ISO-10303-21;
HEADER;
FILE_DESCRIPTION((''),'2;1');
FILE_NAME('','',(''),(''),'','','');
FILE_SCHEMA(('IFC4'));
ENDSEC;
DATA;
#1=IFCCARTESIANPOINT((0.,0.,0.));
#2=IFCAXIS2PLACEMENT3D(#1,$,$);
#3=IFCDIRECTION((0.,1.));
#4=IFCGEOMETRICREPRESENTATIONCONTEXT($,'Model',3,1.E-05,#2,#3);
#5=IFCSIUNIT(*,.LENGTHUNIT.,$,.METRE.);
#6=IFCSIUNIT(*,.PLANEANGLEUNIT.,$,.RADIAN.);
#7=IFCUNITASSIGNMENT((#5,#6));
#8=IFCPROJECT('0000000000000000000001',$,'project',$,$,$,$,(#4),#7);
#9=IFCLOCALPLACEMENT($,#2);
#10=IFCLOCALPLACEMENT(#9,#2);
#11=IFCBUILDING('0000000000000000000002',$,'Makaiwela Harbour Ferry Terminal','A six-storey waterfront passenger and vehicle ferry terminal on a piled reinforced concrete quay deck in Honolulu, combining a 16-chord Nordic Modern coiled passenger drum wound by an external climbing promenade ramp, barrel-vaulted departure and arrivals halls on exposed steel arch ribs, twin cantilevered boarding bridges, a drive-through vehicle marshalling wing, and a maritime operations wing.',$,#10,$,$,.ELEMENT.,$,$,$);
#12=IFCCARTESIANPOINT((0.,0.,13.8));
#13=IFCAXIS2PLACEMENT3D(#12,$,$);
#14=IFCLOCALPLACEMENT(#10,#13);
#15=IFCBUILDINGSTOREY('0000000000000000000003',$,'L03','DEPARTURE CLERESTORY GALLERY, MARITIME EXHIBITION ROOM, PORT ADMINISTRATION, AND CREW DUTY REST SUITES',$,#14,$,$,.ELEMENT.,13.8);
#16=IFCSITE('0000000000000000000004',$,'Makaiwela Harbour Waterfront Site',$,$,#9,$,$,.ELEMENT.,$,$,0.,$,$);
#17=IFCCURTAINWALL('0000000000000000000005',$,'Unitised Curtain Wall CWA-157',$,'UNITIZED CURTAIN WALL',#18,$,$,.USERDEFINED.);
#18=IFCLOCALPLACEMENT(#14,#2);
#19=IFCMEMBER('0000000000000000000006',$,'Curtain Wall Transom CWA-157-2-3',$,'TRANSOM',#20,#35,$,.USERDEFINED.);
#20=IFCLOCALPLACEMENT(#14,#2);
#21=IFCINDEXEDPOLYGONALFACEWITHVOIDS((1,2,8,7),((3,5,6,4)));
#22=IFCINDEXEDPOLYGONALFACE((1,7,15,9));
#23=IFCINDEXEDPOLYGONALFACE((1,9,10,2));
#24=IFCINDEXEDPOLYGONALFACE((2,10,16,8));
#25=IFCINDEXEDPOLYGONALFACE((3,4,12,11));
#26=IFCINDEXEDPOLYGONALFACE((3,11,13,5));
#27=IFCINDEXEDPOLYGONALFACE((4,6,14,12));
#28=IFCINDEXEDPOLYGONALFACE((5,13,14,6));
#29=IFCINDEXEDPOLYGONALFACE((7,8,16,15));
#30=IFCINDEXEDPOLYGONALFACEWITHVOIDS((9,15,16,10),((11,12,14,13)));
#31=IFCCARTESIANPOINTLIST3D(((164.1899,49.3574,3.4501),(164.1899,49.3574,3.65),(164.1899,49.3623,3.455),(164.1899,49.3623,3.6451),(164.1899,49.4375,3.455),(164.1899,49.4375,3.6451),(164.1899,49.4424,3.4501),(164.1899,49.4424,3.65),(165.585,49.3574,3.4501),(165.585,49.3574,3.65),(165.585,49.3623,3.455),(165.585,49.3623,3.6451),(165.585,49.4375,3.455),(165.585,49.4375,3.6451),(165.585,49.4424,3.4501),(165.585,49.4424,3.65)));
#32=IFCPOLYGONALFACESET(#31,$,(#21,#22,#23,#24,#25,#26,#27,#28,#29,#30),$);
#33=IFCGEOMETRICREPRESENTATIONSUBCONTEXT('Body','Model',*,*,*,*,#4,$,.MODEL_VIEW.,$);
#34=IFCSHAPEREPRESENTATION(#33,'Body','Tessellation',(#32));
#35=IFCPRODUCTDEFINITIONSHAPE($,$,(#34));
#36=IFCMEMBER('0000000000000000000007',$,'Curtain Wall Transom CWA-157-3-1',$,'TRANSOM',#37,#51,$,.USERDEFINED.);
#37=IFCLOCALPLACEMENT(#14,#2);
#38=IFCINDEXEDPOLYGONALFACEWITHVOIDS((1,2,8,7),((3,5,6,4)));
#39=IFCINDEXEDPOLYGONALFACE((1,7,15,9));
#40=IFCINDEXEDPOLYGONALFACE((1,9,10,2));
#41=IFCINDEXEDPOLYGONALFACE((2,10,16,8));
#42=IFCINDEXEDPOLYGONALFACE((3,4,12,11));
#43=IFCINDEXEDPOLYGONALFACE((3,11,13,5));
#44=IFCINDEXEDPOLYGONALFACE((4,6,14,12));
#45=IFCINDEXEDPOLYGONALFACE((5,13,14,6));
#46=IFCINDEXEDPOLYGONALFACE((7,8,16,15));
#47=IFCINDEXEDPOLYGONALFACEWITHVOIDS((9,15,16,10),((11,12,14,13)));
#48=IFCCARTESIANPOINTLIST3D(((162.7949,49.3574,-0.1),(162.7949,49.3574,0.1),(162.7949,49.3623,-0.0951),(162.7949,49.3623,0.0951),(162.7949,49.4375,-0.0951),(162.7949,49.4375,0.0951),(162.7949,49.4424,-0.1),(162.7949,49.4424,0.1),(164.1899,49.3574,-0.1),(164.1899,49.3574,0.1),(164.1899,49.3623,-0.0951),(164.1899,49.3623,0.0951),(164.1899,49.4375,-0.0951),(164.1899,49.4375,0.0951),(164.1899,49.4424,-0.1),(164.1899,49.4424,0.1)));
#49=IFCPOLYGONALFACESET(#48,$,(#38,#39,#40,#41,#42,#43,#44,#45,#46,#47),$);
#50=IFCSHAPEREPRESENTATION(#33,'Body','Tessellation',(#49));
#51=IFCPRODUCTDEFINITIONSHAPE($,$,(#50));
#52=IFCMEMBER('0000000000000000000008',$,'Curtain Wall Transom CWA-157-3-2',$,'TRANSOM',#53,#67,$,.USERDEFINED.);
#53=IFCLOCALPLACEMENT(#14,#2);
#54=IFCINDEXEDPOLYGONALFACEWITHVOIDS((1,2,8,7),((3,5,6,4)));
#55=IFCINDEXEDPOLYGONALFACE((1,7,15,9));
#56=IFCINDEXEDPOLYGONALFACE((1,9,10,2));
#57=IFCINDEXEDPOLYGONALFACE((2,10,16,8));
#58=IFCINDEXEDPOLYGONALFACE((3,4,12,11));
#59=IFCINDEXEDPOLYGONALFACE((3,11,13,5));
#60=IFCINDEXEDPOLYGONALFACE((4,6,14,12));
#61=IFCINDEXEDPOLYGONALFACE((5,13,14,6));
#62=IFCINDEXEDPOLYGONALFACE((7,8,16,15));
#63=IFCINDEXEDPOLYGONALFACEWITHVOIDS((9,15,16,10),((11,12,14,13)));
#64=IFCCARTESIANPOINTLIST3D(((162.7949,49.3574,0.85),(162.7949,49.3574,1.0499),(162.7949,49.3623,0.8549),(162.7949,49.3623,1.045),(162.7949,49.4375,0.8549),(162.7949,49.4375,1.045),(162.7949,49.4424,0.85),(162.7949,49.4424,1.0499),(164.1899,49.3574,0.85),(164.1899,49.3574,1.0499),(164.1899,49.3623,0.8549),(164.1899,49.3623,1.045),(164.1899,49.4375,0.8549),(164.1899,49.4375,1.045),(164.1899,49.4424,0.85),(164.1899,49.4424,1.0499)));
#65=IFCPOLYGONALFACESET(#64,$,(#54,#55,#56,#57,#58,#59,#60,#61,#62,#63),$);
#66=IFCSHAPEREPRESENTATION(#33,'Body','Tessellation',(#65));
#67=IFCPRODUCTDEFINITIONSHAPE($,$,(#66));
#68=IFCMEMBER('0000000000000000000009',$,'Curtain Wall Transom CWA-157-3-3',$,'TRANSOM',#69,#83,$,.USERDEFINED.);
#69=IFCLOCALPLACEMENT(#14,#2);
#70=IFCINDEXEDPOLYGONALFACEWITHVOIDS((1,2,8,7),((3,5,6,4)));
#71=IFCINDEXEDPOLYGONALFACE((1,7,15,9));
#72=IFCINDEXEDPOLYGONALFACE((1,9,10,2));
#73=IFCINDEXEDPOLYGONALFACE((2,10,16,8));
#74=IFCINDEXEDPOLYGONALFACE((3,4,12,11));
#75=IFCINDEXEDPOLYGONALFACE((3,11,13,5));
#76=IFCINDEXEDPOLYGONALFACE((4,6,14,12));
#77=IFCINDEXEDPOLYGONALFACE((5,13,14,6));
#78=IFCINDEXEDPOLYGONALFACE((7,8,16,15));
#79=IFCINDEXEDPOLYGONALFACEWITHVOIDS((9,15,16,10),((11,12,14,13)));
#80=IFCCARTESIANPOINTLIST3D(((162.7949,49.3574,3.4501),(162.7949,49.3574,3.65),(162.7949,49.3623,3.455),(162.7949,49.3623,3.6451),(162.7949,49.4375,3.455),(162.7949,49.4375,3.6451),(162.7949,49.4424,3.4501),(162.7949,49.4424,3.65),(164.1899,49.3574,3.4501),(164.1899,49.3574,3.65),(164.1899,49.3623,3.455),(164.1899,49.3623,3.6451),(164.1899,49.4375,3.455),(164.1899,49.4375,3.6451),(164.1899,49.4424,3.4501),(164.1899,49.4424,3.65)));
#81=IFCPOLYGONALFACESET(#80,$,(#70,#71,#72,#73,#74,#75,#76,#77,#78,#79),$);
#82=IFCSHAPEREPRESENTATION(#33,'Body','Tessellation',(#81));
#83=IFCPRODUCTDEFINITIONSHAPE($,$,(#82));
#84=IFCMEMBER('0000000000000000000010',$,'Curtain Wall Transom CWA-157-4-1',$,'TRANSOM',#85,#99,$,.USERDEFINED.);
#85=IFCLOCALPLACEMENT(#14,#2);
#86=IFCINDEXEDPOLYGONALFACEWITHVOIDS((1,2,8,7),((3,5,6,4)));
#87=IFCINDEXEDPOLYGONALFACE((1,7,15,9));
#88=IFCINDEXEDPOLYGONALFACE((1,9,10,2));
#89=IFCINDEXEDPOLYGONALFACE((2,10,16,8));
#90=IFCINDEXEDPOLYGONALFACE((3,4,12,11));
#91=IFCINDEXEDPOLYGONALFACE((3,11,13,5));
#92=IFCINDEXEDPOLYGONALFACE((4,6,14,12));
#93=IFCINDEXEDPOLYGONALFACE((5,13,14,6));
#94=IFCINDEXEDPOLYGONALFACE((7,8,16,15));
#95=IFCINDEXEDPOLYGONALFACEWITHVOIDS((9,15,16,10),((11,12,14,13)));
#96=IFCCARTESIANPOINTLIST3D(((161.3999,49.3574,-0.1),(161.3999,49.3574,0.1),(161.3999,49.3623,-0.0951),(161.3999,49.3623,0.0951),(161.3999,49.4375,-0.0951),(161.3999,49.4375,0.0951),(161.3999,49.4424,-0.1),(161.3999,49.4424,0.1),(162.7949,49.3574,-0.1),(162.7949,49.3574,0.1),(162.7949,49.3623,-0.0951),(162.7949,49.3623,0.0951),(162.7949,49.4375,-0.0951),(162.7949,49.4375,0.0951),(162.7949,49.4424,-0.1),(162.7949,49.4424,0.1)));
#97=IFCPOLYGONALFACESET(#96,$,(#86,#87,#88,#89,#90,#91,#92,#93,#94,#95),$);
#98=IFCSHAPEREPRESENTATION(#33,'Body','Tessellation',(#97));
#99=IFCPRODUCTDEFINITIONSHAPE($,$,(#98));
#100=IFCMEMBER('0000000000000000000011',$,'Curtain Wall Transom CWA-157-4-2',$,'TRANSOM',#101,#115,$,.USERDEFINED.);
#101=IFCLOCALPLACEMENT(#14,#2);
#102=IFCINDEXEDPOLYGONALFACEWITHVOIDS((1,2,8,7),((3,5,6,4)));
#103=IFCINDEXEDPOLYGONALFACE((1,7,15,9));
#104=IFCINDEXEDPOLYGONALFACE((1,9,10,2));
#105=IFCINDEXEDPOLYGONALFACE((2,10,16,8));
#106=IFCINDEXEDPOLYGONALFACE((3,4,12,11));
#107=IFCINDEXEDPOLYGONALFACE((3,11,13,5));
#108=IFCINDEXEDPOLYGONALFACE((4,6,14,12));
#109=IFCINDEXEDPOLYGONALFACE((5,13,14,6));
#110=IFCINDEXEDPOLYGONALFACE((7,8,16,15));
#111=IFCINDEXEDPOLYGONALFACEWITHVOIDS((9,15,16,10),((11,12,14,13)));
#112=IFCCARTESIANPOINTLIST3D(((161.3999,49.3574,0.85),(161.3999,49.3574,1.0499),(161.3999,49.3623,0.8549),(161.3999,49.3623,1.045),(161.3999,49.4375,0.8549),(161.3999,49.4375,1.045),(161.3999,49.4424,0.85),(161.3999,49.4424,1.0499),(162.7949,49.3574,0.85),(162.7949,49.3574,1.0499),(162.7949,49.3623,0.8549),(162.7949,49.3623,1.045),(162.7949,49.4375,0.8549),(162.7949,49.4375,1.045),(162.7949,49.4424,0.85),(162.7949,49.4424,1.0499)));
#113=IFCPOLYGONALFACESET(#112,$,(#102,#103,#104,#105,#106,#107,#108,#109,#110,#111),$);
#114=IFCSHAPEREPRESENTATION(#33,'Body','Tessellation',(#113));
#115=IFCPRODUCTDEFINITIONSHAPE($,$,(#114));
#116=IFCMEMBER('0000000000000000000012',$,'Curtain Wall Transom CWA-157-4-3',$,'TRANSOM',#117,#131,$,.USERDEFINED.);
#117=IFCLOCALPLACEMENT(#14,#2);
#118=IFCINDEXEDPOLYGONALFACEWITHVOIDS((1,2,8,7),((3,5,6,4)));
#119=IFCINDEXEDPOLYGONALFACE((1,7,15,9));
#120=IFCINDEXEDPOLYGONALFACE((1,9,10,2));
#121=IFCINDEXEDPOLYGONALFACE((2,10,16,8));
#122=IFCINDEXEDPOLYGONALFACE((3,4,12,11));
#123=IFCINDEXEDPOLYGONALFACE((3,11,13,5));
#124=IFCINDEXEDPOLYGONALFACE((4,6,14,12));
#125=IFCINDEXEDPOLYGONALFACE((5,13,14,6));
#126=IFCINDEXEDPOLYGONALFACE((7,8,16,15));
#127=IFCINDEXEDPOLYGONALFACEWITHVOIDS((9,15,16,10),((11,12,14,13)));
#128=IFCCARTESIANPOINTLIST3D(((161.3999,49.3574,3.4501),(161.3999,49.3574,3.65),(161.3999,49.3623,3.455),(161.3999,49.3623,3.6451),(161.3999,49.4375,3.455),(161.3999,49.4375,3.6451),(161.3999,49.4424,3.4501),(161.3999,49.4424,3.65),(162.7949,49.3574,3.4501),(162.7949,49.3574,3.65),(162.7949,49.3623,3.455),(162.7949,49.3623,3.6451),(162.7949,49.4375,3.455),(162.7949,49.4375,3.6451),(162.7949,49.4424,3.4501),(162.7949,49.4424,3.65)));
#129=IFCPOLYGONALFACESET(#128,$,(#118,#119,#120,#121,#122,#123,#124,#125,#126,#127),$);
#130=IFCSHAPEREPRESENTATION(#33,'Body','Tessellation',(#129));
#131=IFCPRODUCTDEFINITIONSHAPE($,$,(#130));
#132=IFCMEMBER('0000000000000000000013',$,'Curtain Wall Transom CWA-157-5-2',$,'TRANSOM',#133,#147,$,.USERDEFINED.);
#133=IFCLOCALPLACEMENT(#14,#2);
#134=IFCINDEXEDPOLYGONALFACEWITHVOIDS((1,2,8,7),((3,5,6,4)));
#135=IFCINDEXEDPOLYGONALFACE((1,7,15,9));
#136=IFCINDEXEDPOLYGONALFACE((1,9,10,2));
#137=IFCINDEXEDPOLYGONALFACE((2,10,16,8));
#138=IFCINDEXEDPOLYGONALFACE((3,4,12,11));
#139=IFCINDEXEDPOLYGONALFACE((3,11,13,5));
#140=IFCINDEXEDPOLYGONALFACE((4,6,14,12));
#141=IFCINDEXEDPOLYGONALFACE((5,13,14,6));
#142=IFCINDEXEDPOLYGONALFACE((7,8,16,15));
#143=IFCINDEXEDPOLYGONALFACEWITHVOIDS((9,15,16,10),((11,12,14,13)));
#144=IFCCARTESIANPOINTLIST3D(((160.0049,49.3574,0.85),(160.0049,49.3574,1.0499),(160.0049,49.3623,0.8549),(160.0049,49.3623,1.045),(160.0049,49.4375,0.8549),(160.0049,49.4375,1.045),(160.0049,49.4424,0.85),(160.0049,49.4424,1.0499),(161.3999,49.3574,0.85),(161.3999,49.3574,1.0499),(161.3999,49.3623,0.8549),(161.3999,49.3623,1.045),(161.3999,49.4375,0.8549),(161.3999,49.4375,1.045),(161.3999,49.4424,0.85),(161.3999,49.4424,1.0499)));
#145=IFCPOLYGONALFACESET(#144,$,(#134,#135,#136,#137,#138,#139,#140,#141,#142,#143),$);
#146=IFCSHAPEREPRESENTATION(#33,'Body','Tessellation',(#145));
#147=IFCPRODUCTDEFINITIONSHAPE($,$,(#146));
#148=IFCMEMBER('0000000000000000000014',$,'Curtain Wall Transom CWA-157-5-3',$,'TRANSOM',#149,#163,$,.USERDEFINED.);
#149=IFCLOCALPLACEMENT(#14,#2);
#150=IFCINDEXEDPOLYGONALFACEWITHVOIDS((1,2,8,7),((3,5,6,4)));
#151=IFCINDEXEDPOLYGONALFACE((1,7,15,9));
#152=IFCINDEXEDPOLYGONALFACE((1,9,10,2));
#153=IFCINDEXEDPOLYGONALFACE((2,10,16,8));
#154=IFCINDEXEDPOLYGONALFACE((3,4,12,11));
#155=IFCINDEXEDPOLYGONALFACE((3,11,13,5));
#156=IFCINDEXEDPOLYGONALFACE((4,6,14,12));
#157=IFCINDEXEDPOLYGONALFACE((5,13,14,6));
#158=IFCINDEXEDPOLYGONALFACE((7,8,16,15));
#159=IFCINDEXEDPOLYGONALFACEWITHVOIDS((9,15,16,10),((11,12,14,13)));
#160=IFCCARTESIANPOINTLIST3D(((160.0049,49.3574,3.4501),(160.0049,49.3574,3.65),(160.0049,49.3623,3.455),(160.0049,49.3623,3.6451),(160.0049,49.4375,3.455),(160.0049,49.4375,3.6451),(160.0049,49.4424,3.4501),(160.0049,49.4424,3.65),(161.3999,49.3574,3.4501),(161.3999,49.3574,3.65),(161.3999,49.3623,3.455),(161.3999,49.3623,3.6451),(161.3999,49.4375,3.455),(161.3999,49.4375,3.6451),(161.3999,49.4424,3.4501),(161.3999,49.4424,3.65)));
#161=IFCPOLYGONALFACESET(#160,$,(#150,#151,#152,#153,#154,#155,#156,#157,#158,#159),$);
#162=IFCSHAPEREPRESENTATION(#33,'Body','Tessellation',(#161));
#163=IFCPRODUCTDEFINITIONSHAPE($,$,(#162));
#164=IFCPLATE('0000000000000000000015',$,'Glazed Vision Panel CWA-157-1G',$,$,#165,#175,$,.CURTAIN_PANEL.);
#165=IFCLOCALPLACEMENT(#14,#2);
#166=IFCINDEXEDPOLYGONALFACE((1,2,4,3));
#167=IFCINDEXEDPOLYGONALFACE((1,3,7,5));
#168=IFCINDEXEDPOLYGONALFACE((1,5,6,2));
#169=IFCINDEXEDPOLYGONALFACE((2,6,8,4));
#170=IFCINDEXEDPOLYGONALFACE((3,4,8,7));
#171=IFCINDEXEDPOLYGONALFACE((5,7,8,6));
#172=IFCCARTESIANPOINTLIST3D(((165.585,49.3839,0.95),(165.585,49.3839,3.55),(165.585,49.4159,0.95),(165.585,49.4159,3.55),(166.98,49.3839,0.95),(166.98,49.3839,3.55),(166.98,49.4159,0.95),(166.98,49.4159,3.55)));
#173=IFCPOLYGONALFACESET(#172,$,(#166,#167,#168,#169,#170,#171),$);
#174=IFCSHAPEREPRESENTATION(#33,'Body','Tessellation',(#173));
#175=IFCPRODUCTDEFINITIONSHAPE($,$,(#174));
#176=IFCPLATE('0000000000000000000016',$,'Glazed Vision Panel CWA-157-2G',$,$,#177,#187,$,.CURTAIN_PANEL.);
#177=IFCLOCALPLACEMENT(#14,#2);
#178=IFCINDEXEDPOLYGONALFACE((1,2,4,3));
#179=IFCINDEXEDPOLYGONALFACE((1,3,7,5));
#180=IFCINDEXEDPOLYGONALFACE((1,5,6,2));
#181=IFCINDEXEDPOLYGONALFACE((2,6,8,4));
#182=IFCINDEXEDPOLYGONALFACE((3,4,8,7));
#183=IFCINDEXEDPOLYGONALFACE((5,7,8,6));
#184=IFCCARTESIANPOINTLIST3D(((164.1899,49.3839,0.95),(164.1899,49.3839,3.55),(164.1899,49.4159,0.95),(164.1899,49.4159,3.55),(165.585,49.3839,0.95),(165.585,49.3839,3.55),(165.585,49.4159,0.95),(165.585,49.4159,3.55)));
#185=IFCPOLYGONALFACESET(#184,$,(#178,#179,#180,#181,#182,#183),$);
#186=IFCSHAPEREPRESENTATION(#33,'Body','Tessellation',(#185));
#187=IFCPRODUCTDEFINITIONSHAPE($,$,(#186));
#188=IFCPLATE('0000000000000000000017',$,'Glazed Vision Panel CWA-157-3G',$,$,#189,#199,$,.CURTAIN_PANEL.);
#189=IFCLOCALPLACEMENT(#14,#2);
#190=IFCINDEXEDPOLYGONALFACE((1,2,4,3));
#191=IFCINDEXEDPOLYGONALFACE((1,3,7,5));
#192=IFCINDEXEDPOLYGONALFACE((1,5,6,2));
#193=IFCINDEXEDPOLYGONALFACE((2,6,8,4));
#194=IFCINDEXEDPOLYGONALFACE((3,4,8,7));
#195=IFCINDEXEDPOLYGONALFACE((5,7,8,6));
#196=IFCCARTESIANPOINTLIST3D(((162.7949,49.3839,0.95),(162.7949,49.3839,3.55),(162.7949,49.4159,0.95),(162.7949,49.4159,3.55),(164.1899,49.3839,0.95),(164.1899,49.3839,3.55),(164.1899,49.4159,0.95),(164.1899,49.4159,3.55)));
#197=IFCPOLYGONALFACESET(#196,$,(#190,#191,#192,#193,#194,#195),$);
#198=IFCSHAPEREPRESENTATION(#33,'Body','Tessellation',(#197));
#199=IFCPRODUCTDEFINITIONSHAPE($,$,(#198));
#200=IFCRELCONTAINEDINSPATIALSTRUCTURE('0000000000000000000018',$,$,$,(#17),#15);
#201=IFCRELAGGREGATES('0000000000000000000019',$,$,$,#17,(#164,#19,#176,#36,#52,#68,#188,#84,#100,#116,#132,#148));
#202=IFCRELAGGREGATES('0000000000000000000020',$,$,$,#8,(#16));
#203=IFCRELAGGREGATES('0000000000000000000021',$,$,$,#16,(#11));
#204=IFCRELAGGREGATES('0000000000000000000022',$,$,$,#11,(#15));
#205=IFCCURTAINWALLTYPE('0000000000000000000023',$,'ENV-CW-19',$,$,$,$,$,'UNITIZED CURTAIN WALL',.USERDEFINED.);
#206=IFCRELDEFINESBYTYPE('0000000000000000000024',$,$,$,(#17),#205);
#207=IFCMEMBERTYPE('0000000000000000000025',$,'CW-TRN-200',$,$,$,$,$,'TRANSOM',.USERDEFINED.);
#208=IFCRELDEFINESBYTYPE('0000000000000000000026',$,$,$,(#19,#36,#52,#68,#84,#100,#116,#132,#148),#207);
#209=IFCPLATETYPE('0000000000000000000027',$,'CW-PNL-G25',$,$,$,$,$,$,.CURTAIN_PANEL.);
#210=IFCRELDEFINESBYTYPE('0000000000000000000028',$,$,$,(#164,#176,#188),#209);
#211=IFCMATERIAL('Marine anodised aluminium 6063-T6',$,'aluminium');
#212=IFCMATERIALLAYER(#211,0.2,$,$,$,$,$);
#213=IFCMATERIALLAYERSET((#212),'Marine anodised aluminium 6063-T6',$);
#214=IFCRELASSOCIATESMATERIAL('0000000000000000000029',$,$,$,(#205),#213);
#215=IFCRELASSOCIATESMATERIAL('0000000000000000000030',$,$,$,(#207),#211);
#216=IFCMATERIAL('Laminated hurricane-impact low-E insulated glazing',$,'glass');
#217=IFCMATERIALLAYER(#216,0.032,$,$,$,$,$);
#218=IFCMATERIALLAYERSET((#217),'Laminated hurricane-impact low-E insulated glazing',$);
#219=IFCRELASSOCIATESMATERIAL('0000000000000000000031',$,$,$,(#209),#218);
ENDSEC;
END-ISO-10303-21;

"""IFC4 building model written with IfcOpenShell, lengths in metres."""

from ifc_helpers import new_model, si_unit, direction, frame, origin, origin_2d, place, context, subcontext, project, spatial, rectangle, hollow_rectangle, extrude, material, layer, layer_set, material_profile, profile_set, type_object, element, aggregate, save


model = new_model("IFC4")

# Units and contexts
model_context = context("Model", 3, precision=1e-05, world=origin(), true_north=direction((0.0, 1.0)))
body_context = subcontext(model_context, "Body", "Model", "MODEL_VIEW")
ifc_project = project(units=[si_unit("LENGTHUNIT", "METRE"), si_unit("PLANEANGLEUNIT", "RADIAN")], contexts=[model_context])

# Site, building, storey
site_placement = place(None, origin())
site = spatial("IfcSite", under=ifc_project, at=site_placement, Name="Makaiwela Harbour Waterfront Site", CompositionType="ELEMENT", RefElevation=0.0)
building_placement = place(site_placement, origin())
building = spatial("IfcBuilding", under=site, at=building_placement, Name="Makaiwela Harbour Ferry Terminal", Description="A six-storey waterfront passenger and vehicle ferry terminal on a piled reinforced concrete quay deck in Honolulu, combining a 16-chord Nordic Modern coiled passenger drum wound by an external climbing promenade ramp, barrel-vaulted departure and arrivals halls on exposed steel arch ribs, twin cantilevered boarding bridges, a drive-through vehicle marshalling wing, and a maritime operations wing.", CompositionType="ELEMENT")
storey_placement = place(building_placement, frame((0.0, 0.0, 13.8)))
storey = spatial("IfcBuildingStorey", under=building, at=storey_placement, Name="L03", Description="DEPARTURE CLERESTORY GALLERY, MARITIME EXHIBITION ROOM, PORT ADMINISTRATION, AND CREW DUTY REST SUITES", CompositionType="ELEMENT", Elevation=13.8)

# Curtain wall, members, plates
ifc_material_1 = material(Name="Marine anodised aluminium 6063-T6", Category="aluminium")
ifc_layer_1 = layer(ifc_material_1, 0.2)
ifc_layer_set_1 = layer_set([ifc_layer_1], Name="Marine anodised aluminium 6063-T6")
curtain_wall_type = type_object("IfcCurtainWallType", Name="ENV-CW-19", ElementType="UNITIZED CURTAIN WALL", PredefinedType="USERDEFINED", material=ifc_layer_set_1)
curtain_wall_placement = place(storey_placement, origin())
curtain_wall = element("IfcCurtainWall", 1, at=curtain_wall_placement, inside=storey, type_object=curtain_wall_type, Name="Unitised Curtain Wall CWA-157", ObjectType="UNITIZED CURTAIN WALL", PredefinedType="USERDEFINED")
ifc_material_profile_1 = material_profile(ifc_material_1, hollow_rectangle(XDim=0.085, YDim=0.2, WallThickness=0.0049, at=origin_2d()), Name="CWT-200X85")
ifc_profile_set_1 = profile_set([ifc_material_profile_1], Name="Marine anodised aluminium 6063-T6")
member_type_1 = type_object("IfcMemberType", Name="CW-TRN-200", ElementType="TRANSOM", PredefinedType="USERDEFINED", material=ifc_profile_set_1)
member_1_placement = place(storey_placement, frame((165.585, 49.3999, 3.55), z_axis=(-1.0, 0.0, 0.0), x_axis=(0.0, -1.0, 0.0)))
member_1 = element("IfcMember", 2, at=member_1_placement, type_object=member_type_1, Name="Curtain Wall Transom CWA-157-2-3", ObjectType="TRANSOM", PredefinedType="USERDEFINED", context=body_context, shape_type="SweptSolid", body=[
    extrude(hollow_rectangle(XDim=0.085, YDim=0.2, WallThickness=0.0049, at=origin_2d()), origin(), (0.0, 0.0, 1.0), 1.395),
])
member_2_placement = place(storey_placement, frame((164.1899, 49.3999, 0.0), z_axis=(-1.0, 0.0, 0.0), x_axis=(0.0, -1.0, 0.0)))
member_2 = element("IfcMember", 3, at=member_2_placement, type_object=member_type_1, Name="Curtain Wall Transom CWA-157-3-1", ObjectType="TRANSOM", PredefinedType="USERDEFINED", context=body_context, shape_type="SweptSolid", body=[
    extrude(hollow_rectangle(XDim=0.085, YDim=0.2, WallThickness=0.0049, at=origin_2d()), origin(), (0.0, 0.0, 1.0), 1.395),
])
member_3_placement = place(storey_placement, frame((164.1899, 49.3999, 0.95), z_axis=(-1.0, 0.0, 0.0), x_axis=(0.0, -1.0, 0.0)))
member_3 = element("IfcMember", 4, at=member_3_placement, type_object=member_type_1, Name="Curtain Wall Transom CWA-157-3-2", ObjectType="TRANSOM", PredefinedType="USERDEFINED", context=body_context, shape_type="SweptSolid", body=[
    extrude(hollow_rectangle(XDim=0.085, YDim=0.2, WallThickness=0.0049, at=origin_2d()), origin(), (0.0, 0.0, 1.0), 1.395),
])
member_4_placement = place(storey_placement, frame((164.1899, 49.3999, 3.55), z_axis=(-1.0, 0.0, 0.0), x_axis=(0.0, -1.0, 0.0)))
member_4 = element("IfcMember", 5, at=member_4_placement, type_object=member_type_1, Name="Curtain Wall Transom CWA-157-3-3", ObjectType="TRANSOM", PredefinedType="USERDEFINED", context=body_context, shape_type="SweptSolid", body=[
    extrude(hollow_rectangle(XDim=0.085, YDim=0.2, WallThickness=0.0049, at=origin_2d()), origin(), (0.0, 0.0, 1.0), 1.395),
])
member_5_placement = place(storey_placement, frame((162.7949, 49.3999, 0.0), z_axis=(-1.0, 0.0, 0.0), x_axis=(0.0, -1.0, 0.0)))
member_5 = element("IfcMember", 6, at=member_5_placement, type_object=member_type_1, Name="Curtain Wall Transom CWA-157-4-1", ObjectType="TRANSOM", PredefinedType="USERDEFINED", context=body_context, shape_type="SweptSolid", body=[
    extrude(hollow_rectangle(XDim=0.085, YDim=0.2, WallThickness=0.0049, at=origin_2d()), origin(), (0.0, 0.0, 1.0), 1.395),
])
member_6_placement = place(storey_placement, frame((162.7949, 49.3999, 0.95), z_axis=(-1.0, 0.0, 0.0), x_axis=(0.0, -1.0, 0.0)))
member_6 = element("IfcMember", 7, at=member_6_placement, type_object=member_type_1, Name="Curtain Wall Transom CWA-157-4-2", ObjectType="TRANSOM", PredefinedType="USERDEFINED", context=body_context, shape_type="SweptSolid", body=[
    extrude(hollow_rectangle(XDim=0.085, YDim=0.2, WallThickness=0.0049, at=origin_2d()), origin(), (0.0, 0.0, 1.0), 1.395),
])
member_7_placement = place(storey_placement, frame((162.7949, 49.3999, 3.55), z_axis=(-1.0, 0.0, 0.0), x_axis=(0.0, -1.0, 0.0)))
member_7 = element("IfcMember", 8, at=member_7_placement, type_object=member_type_1, Name="Curtain Wall Transom CWA-157-4-3", ObjectType="TRANSOM", PredefinedType="USERDEFINED", context=body_context, shape_type="SweptSolid", body=[
    extrude(hollow_rectangle(XDim=0.085, YDim=0.2, WallThickness=0.0049, at=origin_2d()), origin(), (0.0, 0.0, 1.0), 1.395),
])
member_8_placement = place(storey_placement, frame((161.3999, 49.3999, 0.95), z_axis=(-1.0, 0.0, 0.0), x_axis=(0.0, -1.0, 0.0)))
member_8 = element("IfcMember", 9, at=member_8_placement, type_object=member_type_1, Name="Curtain Wall Transom CWA-157-5-2", ObjectType="TRANSOM", PredefinedType="USERDEFINED", context=body_context, shape_type="SweptSolid", body=[
    extrude(hollow_rectangle(XDim=0.085, YDim=0.2, WallThickness=0.0049, at=origin_2d()), origin(), (0.0, 0.0, 1.0), 1.395),
])
member_9_placement = place(storey_placement, frame((161.3999, 49.3999, 3.55), z_axis=(-1.0, 0.0, 0.0), x_axis=(0.0, -1.0, 0.0)))
member_9 = element("IfcMember", 10, at=member_9_placement, type_object=member_type_1, Name="Curtain Wall Transom CWA-157-5-3", ObjectType="TRANSOM", PredefinedType="USERDEFINED", context=body_context, shape_type="SweptSolid", body=[
    extrude(hollow_rectangle(XDim=0.085, YDim=0.2, WallThickness=0.0049, at=origin_2d()), origin(), (0.0, 0.0, 1.0), 1.395),
])
ifc_material_2 = material(Name="Laminated hurricane-impact low-E insulated glazing", Category="glass")
ifc_layer_2 = layer(ifc_material_2, 0.032)
ifc_layer_set_2 = layer_set([ifc_layer_2], Name="Laminated hurricane-impact low-E insulated glazing")
plate_type_1 = type_object("IfcPlateType", Name="CW-PNL-G25", PredefinedType="CURTAIN_PANEL", material=ifc_layer_set_2)
plate_1_placement = place(storey_placement, frame((166.2825, 49.3999, 0.95), z_axis=(0.0, 0.0, 1.0), x_axis=(-1.0, 0.0, 0.0)))
plate_1 = element("IfcPlate", 11, at=plate_1_placement, type_object=plate_type_1, Name="Glazed Vision Panel CWA-157-1G", PredefinedType="CURTAIN_PANEL", context=body_context, shape_type="SweptSolid", body=[
    extrude(rectangle(XDim=1.395, YDim=0.032, at=origin_2d()), origin(), (0.0, 0.0, 1.0), 2.6001),
])
plate_2_placement = place(storey_placement, frame((164.8875, 49.3999, 0.95), z_axis=(0.0, 0.0, 1.0), x_axis=(-1.0, 0.0, 0.0)))
plate_2 = element("IfcPlate", 12, at=plate_2_placement, type_object=plate_type_1, Name="Glazed Vision Panel CWA-157-2G", PredefinedType="CURTAIN_PANEL", context=body_context, shape_type="SweptSolid", body=[
    extrude(rectangle(XDim=1.395, YDim=0.032, at=origin_2d()), origin(), (0.0, 0.0, 1.0), 2.6001),
])
plate_3_placement = place(storey_placement, frame((163.4924, 49.3999, 0.95), z_axis=(0.0, 0.0, 1.0), x_axis=(-1.0, 0.0, 0.0)))
plate_3 = element("IfcPlate", 13, at=plate_3_placement, type_object=plate_type_1, Name="Glazed Vision Panel CWA-157-3G", PredefinedType="CURTAIN_PANEL", context=body_context, shape_type="SweptSolid", body=[
    extrude(rectangle(XDim=1.395, YDim=0.032, at=origin_2d()), origin(), (0.0, 0.0, 1.0), 2.6001),
])
aggregate(curtain_wall, [plate_1, member_1, plate_2, member_2, member_3, member_4, plate_3, member_5, member_6, member_7, member_8, member_9])

save(model, "model.ifc")
